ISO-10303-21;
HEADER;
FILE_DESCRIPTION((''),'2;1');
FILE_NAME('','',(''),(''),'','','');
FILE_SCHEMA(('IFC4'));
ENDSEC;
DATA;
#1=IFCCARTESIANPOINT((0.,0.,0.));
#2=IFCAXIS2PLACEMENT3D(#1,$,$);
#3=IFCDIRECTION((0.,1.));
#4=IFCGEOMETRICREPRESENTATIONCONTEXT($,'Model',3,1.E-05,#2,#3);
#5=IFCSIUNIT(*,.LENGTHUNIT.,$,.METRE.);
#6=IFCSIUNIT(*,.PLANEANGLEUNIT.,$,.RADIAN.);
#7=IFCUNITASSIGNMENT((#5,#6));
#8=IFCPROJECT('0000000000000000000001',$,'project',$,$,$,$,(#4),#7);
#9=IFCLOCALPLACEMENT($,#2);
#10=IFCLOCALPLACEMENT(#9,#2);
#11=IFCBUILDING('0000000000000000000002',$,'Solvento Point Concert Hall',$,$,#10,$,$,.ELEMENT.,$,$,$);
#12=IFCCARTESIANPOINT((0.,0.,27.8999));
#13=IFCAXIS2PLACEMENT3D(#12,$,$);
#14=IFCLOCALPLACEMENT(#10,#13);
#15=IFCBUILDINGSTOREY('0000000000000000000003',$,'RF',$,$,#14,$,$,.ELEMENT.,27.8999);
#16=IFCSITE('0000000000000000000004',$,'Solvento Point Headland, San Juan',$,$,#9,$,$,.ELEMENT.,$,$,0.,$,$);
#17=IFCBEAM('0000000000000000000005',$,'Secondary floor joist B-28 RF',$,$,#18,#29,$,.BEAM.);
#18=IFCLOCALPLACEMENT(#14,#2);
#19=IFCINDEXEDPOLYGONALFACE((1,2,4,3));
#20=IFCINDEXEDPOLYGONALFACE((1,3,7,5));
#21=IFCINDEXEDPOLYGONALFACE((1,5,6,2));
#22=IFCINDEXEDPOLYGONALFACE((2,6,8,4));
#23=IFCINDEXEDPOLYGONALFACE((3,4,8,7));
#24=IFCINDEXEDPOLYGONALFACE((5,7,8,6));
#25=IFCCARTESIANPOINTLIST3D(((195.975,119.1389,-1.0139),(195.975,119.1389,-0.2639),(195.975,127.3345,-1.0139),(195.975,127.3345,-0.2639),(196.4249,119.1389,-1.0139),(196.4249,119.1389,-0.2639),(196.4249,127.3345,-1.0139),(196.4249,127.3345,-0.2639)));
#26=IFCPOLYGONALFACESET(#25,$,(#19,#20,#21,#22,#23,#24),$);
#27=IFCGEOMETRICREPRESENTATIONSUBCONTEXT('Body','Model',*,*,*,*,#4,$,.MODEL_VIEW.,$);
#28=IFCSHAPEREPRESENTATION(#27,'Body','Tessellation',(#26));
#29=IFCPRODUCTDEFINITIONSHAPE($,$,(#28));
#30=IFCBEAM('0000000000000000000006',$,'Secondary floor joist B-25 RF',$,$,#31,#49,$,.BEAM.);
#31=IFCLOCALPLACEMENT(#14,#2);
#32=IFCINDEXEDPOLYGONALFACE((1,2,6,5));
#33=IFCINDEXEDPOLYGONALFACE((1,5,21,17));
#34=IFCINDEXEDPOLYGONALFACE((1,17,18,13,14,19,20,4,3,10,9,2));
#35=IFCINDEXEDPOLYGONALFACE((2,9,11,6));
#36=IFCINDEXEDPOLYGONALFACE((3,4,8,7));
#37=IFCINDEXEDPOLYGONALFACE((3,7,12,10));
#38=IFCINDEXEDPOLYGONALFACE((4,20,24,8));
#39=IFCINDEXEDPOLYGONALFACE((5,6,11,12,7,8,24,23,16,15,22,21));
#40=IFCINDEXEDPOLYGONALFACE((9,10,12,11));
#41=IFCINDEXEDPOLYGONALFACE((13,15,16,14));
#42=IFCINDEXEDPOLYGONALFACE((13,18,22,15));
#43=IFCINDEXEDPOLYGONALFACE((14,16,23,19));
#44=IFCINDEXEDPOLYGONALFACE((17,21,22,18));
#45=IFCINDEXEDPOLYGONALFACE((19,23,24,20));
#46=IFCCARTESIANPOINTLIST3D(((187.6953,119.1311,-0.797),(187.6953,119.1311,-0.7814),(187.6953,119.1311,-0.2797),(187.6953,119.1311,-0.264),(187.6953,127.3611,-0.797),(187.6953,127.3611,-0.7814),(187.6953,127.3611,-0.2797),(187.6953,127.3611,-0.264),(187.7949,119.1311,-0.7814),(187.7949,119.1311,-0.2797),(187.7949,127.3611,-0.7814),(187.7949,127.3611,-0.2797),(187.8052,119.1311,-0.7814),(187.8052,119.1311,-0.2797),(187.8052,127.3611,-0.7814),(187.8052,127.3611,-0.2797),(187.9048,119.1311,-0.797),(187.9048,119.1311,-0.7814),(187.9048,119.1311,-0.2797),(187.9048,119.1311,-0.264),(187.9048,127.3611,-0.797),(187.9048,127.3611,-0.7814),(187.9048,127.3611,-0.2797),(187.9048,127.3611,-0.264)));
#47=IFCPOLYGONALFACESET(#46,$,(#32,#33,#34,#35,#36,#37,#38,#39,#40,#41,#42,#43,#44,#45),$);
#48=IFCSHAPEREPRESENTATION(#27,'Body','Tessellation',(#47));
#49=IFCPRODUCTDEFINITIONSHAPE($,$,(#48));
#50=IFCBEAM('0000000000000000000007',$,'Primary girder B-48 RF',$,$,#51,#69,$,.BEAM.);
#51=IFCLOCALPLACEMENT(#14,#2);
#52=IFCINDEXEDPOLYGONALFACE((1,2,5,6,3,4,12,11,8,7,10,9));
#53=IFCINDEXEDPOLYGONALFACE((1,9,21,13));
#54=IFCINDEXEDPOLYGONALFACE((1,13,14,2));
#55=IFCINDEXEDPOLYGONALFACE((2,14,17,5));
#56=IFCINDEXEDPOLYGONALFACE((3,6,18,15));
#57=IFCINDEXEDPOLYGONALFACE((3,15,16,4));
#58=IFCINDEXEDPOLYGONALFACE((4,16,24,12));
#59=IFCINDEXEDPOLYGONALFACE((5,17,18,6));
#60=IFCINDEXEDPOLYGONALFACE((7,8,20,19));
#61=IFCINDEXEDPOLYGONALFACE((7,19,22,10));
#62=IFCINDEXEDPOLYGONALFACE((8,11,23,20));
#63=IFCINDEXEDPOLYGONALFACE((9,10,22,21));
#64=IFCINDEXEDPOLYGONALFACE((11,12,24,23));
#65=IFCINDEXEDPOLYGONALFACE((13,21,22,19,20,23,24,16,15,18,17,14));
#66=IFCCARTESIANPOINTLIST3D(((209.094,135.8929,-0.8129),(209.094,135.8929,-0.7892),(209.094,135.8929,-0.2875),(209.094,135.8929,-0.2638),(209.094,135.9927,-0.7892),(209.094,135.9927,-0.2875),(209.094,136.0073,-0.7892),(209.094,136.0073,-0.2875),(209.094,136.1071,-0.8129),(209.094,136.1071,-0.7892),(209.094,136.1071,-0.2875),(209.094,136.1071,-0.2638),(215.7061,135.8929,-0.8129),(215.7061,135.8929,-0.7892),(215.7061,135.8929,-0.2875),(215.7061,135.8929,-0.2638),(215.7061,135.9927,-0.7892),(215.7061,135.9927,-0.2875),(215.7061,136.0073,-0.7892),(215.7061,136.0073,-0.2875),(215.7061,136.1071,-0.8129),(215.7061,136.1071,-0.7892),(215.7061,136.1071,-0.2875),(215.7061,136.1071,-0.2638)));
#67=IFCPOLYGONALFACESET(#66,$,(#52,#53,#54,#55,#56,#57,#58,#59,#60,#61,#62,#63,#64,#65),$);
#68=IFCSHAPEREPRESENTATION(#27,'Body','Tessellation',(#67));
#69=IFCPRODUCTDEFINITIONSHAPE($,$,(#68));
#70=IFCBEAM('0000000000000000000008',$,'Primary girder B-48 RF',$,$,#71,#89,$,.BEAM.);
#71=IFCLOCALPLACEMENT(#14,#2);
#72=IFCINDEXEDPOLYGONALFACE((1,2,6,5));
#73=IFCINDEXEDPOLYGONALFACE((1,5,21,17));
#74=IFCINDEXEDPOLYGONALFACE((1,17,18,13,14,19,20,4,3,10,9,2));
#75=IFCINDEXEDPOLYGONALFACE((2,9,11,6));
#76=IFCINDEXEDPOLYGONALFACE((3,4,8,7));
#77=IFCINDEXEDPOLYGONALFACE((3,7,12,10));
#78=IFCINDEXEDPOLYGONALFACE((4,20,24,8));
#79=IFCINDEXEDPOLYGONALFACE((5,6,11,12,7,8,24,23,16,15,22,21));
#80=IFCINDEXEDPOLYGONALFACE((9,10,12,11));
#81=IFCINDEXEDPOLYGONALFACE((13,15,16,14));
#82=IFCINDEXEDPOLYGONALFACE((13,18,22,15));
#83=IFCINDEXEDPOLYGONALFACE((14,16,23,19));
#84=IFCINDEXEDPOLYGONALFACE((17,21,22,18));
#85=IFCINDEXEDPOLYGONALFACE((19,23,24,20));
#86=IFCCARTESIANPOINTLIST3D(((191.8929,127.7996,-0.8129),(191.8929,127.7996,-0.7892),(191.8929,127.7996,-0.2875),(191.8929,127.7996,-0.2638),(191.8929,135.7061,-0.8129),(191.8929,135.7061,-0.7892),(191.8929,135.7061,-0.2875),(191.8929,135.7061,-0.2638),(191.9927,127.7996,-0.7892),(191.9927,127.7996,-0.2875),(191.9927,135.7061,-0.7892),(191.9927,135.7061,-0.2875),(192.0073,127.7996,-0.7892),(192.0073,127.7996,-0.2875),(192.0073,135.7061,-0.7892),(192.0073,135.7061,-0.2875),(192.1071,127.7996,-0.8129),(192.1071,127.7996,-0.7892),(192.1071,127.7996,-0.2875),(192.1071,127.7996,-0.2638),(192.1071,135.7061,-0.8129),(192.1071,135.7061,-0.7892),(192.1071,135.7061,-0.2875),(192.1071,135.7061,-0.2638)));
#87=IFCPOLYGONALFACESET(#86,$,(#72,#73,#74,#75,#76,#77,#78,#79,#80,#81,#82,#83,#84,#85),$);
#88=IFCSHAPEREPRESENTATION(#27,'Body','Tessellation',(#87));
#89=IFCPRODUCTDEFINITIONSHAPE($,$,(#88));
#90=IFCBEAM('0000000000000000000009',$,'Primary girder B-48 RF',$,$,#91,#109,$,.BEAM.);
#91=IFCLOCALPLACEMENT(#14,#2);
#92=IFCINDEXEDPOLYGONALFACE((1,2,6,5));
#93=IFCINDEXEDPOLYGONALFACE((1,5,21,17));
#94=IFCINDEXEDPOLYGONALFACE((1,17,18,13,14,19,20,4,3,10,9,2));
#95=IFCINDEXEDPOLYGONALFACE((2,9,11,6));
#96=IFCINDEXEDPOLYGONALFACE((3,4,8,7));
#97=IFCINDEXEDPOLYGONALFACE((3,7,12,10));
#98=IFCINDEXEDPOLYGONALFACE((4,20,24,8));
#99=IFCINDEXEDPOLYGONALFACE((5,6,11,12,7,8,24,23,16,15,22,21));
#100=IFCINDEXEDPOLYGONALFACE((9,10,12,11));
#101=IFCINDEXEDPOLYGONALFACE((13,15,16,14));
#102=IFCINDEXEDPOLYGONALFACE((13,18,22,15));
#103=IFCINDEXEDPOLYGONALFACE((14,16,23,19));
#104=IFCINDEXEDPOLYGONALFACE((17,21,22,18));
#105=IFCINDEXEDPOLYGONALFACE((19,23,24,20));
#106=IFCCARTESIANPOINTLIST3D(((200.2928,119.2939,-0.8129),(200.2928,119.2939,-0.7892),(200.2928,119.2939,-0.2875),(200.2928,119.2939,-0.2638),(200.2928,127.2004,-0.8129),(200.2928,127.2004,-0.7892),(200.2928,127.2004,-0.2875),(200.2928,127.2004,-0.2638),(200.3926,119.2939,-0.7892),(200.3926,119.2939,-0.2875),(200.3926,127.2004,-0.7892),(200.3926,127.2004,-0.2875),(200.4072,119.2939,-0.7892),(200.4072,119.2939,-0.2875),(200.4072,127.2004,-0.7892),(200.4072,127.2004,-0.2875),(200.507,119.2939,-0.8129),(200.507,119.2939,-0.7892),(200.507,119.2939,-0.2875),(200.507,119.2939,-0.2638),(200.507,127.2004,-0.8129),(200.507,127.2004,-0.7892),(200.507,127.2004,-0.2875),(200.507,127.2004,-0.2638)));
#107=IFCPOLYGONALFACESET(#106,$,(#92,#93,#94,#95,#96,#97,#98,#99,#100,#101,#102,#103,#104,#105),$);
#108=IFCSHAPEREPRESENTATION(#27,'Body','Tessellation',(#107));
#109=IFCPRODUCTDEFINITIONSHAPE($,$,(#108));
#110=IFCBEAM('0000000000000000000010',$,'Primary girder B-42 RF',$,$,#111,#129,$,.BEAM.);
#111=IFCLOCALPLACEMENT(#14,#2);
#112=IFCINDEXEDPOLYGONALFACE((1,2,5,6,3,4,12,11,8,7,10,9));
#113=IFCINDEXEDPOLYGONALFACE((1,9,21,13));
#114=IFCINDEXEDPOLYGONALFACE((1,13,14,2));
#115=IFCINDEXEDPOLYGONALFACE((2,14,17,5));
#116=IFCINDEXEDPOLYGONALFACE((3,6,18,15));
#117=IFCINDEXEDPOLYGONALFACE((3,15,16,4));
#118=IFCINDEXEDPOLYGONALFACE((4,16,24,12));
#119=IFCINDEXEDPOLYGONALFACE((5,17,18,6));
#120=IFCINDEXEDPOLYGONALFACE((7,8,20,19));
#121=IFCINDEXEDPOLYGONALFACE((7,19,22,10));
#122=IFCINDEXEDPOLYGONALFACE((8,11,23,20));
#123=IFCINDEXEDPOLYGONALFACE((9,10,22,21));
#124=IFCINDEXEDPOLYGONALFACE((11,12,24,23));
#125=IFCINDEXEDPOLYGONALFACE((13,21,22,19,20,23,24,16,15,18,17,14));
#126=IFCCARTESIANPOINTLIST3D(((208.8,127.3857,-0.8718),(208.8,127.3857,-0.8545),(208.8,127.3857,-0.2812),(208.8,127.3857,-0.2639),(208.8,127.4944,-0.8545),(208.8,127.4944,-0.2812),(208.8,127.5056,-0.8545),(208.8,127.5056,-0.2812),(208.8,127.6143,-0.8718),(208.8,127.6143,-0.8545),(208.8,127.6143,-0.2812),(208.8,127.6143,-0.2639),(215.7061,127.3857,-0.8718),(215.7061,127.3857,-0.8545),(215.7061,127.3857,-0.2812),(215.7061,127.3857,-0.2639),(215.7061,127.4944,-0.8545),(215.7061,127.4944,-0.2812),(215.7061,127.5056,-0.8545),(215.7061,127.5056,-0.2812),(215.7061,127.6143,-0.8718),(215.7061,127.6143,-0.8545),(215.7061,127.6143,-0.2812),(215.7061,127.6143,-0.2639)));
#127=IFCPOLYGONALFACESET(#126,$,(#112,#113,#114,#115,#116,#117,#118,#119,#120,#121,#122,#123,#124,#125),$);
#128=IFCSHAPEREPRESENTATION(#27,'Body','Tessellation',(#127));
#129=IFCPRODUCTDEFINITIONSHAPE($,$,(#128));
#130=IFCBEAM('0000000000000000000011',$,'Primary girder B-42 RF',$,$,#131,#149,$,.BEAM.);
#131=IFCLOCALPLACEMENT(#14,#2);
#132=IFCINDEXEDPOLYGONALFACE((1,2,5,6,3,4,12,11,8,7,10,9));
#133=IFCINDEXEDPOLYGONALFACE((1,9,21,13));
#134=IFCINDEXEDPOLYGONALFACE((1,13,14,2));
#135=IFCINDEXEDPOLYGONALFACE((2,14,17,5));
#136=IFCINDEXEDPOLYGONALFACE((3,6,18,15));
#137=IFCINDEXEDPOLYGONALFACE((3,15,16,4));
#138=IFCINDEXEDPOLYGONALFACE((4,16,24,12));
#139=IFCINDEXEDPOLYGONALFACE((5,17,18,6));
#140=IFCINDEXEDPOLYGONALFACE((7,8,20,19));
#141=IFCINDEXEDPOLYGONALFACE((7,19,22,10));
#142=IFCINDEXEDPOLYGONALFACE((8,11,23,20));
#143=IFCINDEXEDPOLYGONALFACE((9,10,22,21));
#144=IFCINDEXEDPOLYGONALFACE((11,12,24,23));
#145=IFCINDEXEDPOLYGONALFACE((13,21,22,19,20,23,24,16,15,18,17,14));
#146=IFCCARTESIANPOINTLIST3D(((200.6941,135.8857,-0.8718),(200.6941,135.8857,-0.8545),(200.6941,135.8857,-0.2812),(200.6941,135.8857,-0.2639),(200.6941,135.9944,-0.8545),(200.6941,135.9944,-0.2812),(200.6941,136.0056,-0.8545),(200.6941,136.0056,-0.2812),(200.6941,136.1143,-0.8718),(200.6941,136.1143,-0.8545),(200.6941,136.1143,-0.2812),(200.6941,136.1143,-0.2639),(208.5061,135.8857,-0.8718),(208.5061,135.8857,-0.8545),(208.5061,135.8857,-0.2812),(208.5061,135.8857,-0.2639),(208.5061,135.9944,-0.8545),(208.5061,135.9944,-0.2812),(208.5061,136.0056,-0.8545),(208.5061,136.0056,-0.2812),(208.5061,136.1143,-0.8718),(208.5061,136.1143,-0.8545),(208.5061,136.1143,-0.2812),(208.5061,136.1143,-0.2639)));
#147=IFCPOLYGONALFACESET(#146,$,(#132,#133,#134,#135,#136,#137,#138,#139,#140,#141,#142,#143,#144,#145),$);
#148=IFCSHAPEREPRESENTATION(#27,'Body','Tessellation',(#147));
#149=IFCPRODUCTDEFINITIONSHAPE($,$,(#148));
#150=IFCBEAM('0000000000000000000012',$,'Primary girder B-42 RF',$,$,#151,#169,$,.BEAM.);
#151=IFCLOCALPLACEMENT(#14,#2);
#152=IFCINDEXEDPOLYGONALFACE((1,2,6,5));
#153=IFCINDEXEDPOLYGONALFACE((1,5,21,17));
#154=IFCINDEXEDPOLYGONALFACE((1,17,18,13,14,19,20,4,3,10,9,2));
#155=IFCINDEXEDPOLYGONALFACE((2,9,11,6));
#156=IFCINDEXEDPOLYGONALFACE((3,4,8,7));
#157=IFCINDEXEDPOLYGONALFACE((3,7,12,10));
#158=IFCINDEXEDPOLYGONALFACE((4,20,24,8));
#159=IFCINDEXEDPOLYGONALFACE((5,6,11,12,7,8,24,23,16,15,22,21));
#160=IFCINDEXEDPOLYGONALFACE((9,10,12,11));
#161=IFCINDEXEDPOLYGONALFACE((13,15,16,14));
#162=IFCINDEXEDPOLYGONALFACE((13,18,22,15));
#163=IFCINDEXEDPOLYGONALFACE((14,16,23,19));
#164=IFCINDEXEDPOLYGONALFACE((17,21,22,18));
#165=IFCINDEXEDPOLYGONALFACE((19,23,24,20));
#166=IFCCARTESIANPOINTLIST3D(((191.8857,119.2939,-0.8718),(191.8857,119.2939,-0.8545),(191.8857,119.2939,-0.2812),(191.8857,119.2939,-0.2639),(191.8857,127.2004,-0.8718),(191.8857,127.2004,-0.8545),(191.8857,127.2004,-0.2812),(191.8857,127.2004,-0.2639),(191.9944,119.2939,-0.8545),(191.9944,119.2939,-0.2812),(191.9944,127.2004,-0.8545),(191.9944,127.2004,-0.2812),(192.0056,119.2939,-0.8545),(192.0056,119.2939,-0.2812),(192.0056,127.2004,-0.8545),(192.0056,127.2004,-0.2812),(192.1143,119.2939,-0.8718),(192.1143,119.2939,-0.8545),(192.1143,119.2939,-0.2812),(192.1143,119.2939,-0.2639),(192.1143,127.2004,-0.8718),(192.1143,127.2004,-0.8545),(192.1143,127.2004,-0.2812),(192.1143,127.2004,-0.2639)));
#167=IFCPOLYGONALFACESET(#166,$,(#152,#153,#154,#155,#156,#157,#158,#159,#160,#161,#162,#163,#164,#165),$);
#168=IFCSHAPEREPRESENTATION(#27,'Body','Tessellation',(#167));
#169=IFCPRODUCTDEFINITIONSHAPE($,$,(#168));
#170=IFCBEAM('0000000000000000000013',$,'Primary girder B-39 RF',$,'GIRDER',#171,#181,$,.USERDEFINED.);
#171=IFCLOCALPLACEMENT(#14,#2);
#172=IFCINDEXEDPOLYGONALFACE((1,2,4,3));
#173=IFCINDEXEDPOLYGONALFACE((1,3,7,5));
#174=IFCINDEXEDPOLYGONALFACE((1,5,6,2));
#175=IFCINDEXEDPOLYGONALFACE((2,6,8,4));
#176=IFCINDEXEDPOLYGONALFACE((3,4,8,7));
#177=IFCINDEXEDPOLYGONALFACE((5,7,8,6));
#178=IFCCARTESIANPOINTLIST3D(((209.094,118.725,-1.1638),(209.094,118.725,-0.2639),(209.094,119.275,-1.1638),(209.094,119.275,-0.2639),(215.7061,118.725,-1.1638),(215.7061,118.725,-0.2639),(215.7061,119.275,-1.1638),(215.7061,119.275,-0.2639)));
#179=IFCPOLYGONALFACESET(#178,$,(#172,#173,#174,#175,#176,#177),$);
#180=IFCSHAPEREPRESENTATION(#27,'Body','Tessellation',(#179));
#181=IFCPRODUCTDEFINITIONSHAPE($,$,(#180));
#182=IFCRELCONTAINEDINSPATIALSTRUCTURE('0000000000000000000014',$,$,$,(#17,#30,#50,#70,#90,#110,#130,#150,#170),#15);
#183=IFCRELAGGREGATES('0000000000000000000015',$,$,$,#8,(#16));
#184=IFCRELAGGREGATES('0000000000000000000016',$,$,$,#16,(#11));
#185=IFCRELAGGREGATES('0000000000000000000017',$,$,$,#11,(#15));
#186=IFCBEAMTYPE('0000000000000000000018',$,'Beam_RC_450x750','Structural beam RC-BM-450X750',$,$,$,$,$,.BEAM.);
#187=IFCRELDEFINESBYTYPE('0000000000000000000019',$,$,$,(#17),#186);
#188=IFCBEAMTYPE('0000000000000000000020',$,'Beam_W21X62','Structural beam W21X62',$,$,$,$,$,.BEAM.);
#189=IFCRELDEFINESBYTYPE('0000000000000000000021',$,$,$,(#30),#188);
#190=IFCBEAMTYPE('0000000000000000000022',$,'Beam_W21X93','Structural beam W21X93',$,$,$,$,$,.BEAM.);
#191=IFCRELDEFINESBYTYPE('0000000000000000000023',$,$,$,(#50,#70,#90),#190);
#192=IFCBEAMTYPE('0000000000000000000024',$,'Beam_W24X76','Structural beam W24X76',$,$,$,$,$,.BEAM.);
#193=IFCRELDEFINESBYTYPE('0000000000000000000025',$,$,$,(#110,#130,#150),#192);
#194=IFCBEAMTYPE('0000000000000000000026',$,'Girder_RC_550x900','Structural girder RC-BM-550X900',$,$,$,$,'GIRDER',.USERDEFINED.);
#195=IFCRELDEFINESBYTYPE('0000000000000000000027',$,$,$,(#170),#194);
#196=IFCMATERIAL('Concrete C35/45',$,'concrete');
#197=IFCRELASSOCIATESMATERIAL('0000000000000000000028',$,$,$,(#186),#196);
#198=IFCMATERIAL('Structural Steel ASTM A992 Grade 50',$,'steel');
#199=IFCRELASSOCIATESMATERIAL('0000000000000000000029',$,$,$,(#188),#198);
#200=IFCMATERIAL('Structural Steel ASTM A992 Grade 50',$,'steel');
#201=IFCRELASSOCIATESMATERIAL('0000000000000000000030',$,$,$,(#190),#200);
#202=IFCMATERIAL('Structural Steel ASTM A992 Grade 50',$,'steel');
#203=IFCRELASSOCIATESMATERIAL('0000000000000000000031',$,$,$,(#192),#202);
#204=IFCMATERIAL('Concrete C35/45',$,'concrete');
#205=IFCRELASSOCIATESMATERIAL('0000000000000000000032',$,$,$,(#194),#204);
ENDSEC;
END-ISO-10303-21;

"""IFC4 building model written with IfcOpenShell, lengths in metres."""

from ifc_helpers import new_model, si_unit, direction, frame, origin, origin_2d, place, context, subcontext, project, spatial, rectangle, i_section, extrude, material, material_profile, profile_set, type_object, element, save


model = new_model("IFC4")

# Units and contexts
model_context = context("Model", 3, precision=1e-05, world=origin(), true_north=direction((0.0, 1.0)))
body_context = subcontext(model_context, "Body", "Model", "MODEL_VIEW")
ifc_project = project(units=[si_unit("LENGTHUNIT", "METRE"), si_unit("PLANEANGLEUNIT", "RADIAN")], contexts=[model_context])

# Site, building, storey
site_placement = place(None, origin())
site = spatial("IfcSite", under=ifc_project, at=site_placement, Name="Solvento Point Headland, San Juan", CompositionType="ELEMENT", RefElevation=0.0)
building_placement = place(site_placement, origin())
building = spatial("IfcBuilding", under=site, at=building_placement, Name="Solvento Point Concert Hall", CompositionType="ELEMENT")
storey_placement = place(building_placement, frame((0.0, 0.0, 27.8999)))
storey = spatial("IfcBuildingStorey", under=building, at=storey_placement, Name="RF", CompositionType="ELEMENT", Elevation=27.8999)

# Beams
ifc_material_1 = material(Name="Concrete C35/45", Category="concrete")
ifc_material_profile_1 = material_profile(ifc_material_1, rectangle(XDim=0.45, YDim=0.75, at=origin_2d()), Name="RC-BM-450X750")
ifc_profile_set_1 = profile_set([ifc_material_profile_1], Name="Concrete C35/45")
beam_type_1 = type_object("IfcBeamType", Name="Beam_RC_450x750", Description="Structural beam RC-BM-450X750", PredefinedType="BEAM", material=ifc_profile_set_1)
beam_1_placement = place(storey_placement, frame((196.2, 119.1389, -0.6389), z_axis=(0.0, 1.0, 0.0), x_axis=(-1.0, 0.0, 0.0)))
element("IfcBeam", 1, at=beam_1_placement, inside=storey, type_object=beam_type_1, Name="Secondary floor joist B-28 RF", PredefinedType="BEAM", context=body_context, shape_type="SweptSolid", body=[
    extrude(rectangle(XDim=0.45, YDim=0.75, at=origin_2d()), origin(), (0.0, 0.0, 1.0), 8.1956),
])
ifc_material_2 = material(Name="Structural Steel ASTM A992 Grade 50", Category="steel")
ifc_material_profile_2 = material_profile(ifc_material_2, i_section(OverallWidth=0.2095, OverallDepth=0.533, WebThickness=0.0103, FlangeThickness=0.0156, at=origin_2d()), Name="W21X62")
ifc_profile_set_2 = profile_set([ifc_material_profile_2], Name="Structural Steel ASTM A992 Grade 50")
beam_type_2 = type_object("IfcBeamType", Name="Beam_W21X62", Description="Structural beam W21X62", PredefinedType="BEAM", material=ifc_profile_set_2)
beam_2_placement = place(storey_placement, frame((187.8, 119.1311, -0.5305), z_axis=(0.0, 1.0, 0.0), x_axis=(-1.0, 0.0, 0.0)))
element("IfcBeam", 2, at=beam_2_placement, inside=storey, type_object=beam_type_2, Name="Secondary floor joist B-25 RF", PredefinedType="BEAM", context=body_context, shape_type="SweptSolid", body=[
    extrude(i_section(OverallWidth=0.2095, OverallDepth=0.533, WebThickness=0.0103, FlangeThickness=0.0156, at=origin_2d()), origin(), (0.0, 0.0, 1.0), 8.23),
])
ifc_material_3 = material(Name="Structural Steel ASTM A992 Grade 50", Category="steel")
ifc_material_profile_3 = material_profile(ifc_material_3, i_section(OverallWidth=0.2141, OverallDepth=0.5491, WebThickness=0.0146, FlangeThickness=0.0237, at=origin_2d()), Name="W21X93")
ifc_profile_set_3 = profile_set([ifc_material_profile_3], Name="Structural Steel ASTM A992 Grade 50")
beam_type_3 = type_object("IfcBeamType", Name="Beam_W21X93", Description="Structural beam W21X93", PredefinedType="BEAM", material=ifc_profile_set_3)
beam_3_placement = place(storey_placement, frame((209.094, 136.0, -0.5383), z_axis=(1.0, 0.0, 0.0), x_axis=(0.0, 1.0, 0.0)))
element("IfcBeam", 3, at=beam_3_placement, inside=storey, type_object=beam_type_3, Name="Primary girder B-48 RF", PredefinedType="BEAM", context=body_context, shape_type="SweptSolid", body=[
    extrude(i_section(OverallWidth=0.2141, OverallDepth=0.5491, WebThickness=0.0146, FlangeThickness=0.0237, at=origin_2d()), origin(), (0.0, 0.0, 1.0), 6.6121),
])
for number, where, z_axis, x_axis, name in (
    (4, (192.0, 127.7996, -0.5383), (0.0, 1.0, 0.0), (-1.0, 0.0, 0.0), "Primary girder B-48 RF"),
    (5, (200.3999, 119.2939, -0.5383), (0.0, 1.0, 0.0), (-1.0, 0.0, 0.0), "Primary girder B-48 RF"),
):
    element("IfcBeam", number, at=place(storey_placement, frame(where, z_axis=z_axis, x_axis=x_axis)), inside=storey, type_object=beam_type_3, Name=name, PredefinedType="BEAM", context=body_context, shape_type="SweptSolid", body=[
        extrude(i_section(OverallWidth=0.2141, OverallDepth=0.5491, WebThickness=0.0146, FlangeThickness=0.0237, at=origin_2d()), origin(), (0.0, 0.0, 1.0), 7.9065),
    ])
ifc_material_4 = material(Name="Structural Steel ASTM A992 Grade 50", Category="steel")
ifc_material_profile_4 = material_profile(ifc_material_4, i_section(OverallWidth=0.2285, OverallDepth=0.6079, WebThickness=0.0112, FlangeThickness=0.0173, at=origin_2d()), Name="W24X76")
ifc_profile_set_4 = profile_set([ifc_material_profile_4], Name="Structural Steel ASTM A992 Grade 50")
beam_type_4 = type_object("IfcBeamType", Name="Beam_W24X76", Description="Structural beam W24X76", PredefinedType="BEAM", material=ifc_profile_set_4)
beam_4_placement = place(storey_placement, frame((208.8, 127.5, -0.5679), z_axis=(1.0, 0.0, 0.0), x_axis=(0.0, 1.0, 0.0)))
element("IfcBeam", 6, at=beam_4_placement, inside=storey, type_object=beam_type_4, Name="Primary girder B-42 RF", PredefinedType="BEAM", context=body_context, shape_type="SweptSolid", body=[
    extrude(i_section(OverallWidth=0.2285, OverallDepth=0.6079, WebThickness=0.0112, FlangeThickness=0.0173, at=origin_2d()), origin(), (0.0, 0.0, 1.0), 6.906),
])
beam_5_placement = place(storey_placement, frame((200.6941, 136.0, -0.5679), z_axis=(1.0, 0.0, 0.0), x_axis=(0.0, 1.0, 0.0)))
element("IfcBeam", 7, at=beam_5_placement, inside=storey, type_object=beam_type_4, Name="Primary girder B-42 RF", PredefinedType="BEAM", context=body_context, shape_type="SweptSolid", body=[
    extrude(i_section(OverallWidth=0.2285, OverallDepth=0.6079, WebThickness=0.0112, FlangeThickness=0.0173, at=origin_2d()), origin(), (0.0, 0.0, 1.0), 7.812),
])
beam_6_placement = place(storey_placement, frame((192.0, 119.2939, -0.5679), z_axis=(0.0, 1.0, 0.0), x_axis=(-1.0, 0.0, 0.0)))
element("IfcBeam", 8, at=beam_6_placement, inside=storey, type_object=beam_type_4, Name="Primary girder B-42 RF", PredefinedType="BEAM", context=body_context, shape_type="SweptSolid", body=[
    extrude(i_section(OverallWidth=0.2285, OverallDepth=0.6079, WebThickness=0.0112, FlangeThickness=0.0173, at=origin_2d()), origin(), (0.0, 0.0, 1.0), 7.9065),
])
ifc_material_5 = material(Name="Concrete C35/45", Category="concrete")
ifc_material_profile_5 = material_profile(ifc_material_5, rectangle(XDim=0.55, YDim=0.8999, at=origin_2d()), Name="RC-BM-550X900")
ifc_profile_set_5 = profile_set([ifc_material_profile_5], Name="Concrete C35/45")
beam_type_5 = type_object("IfcBeamType", Name="Girder_RC_550x900", Description="Structural girder RC-BM-550X900", ElementType="GIRDER", PredefinedType="USERDEFINED", material=ifc_profile_set_5)
beam_7_placement = place(storey_placement, frame((209.094, 119.0, -0.7139), z_axis=(1.0, 0.0, 0.0), x_axis=(0.0, 1.0, 0.0)))
element("IfcBeam", 9, at=beam_7_placement, inside=storey, type_object=beam_type_5, Name="Primary girder B-39 RF", ObjectType="GIRDER", PredefinedType="USERDEFINED", context=body_context, shape_type="SweptSolid", body=[
    extrude(rectangle(XDim=0.55, YDim=0.8999, at=origin_2d()), origin(), (0.0, 0.0, 1.0), 6.6121),
])

save(model, "model.ifc")
